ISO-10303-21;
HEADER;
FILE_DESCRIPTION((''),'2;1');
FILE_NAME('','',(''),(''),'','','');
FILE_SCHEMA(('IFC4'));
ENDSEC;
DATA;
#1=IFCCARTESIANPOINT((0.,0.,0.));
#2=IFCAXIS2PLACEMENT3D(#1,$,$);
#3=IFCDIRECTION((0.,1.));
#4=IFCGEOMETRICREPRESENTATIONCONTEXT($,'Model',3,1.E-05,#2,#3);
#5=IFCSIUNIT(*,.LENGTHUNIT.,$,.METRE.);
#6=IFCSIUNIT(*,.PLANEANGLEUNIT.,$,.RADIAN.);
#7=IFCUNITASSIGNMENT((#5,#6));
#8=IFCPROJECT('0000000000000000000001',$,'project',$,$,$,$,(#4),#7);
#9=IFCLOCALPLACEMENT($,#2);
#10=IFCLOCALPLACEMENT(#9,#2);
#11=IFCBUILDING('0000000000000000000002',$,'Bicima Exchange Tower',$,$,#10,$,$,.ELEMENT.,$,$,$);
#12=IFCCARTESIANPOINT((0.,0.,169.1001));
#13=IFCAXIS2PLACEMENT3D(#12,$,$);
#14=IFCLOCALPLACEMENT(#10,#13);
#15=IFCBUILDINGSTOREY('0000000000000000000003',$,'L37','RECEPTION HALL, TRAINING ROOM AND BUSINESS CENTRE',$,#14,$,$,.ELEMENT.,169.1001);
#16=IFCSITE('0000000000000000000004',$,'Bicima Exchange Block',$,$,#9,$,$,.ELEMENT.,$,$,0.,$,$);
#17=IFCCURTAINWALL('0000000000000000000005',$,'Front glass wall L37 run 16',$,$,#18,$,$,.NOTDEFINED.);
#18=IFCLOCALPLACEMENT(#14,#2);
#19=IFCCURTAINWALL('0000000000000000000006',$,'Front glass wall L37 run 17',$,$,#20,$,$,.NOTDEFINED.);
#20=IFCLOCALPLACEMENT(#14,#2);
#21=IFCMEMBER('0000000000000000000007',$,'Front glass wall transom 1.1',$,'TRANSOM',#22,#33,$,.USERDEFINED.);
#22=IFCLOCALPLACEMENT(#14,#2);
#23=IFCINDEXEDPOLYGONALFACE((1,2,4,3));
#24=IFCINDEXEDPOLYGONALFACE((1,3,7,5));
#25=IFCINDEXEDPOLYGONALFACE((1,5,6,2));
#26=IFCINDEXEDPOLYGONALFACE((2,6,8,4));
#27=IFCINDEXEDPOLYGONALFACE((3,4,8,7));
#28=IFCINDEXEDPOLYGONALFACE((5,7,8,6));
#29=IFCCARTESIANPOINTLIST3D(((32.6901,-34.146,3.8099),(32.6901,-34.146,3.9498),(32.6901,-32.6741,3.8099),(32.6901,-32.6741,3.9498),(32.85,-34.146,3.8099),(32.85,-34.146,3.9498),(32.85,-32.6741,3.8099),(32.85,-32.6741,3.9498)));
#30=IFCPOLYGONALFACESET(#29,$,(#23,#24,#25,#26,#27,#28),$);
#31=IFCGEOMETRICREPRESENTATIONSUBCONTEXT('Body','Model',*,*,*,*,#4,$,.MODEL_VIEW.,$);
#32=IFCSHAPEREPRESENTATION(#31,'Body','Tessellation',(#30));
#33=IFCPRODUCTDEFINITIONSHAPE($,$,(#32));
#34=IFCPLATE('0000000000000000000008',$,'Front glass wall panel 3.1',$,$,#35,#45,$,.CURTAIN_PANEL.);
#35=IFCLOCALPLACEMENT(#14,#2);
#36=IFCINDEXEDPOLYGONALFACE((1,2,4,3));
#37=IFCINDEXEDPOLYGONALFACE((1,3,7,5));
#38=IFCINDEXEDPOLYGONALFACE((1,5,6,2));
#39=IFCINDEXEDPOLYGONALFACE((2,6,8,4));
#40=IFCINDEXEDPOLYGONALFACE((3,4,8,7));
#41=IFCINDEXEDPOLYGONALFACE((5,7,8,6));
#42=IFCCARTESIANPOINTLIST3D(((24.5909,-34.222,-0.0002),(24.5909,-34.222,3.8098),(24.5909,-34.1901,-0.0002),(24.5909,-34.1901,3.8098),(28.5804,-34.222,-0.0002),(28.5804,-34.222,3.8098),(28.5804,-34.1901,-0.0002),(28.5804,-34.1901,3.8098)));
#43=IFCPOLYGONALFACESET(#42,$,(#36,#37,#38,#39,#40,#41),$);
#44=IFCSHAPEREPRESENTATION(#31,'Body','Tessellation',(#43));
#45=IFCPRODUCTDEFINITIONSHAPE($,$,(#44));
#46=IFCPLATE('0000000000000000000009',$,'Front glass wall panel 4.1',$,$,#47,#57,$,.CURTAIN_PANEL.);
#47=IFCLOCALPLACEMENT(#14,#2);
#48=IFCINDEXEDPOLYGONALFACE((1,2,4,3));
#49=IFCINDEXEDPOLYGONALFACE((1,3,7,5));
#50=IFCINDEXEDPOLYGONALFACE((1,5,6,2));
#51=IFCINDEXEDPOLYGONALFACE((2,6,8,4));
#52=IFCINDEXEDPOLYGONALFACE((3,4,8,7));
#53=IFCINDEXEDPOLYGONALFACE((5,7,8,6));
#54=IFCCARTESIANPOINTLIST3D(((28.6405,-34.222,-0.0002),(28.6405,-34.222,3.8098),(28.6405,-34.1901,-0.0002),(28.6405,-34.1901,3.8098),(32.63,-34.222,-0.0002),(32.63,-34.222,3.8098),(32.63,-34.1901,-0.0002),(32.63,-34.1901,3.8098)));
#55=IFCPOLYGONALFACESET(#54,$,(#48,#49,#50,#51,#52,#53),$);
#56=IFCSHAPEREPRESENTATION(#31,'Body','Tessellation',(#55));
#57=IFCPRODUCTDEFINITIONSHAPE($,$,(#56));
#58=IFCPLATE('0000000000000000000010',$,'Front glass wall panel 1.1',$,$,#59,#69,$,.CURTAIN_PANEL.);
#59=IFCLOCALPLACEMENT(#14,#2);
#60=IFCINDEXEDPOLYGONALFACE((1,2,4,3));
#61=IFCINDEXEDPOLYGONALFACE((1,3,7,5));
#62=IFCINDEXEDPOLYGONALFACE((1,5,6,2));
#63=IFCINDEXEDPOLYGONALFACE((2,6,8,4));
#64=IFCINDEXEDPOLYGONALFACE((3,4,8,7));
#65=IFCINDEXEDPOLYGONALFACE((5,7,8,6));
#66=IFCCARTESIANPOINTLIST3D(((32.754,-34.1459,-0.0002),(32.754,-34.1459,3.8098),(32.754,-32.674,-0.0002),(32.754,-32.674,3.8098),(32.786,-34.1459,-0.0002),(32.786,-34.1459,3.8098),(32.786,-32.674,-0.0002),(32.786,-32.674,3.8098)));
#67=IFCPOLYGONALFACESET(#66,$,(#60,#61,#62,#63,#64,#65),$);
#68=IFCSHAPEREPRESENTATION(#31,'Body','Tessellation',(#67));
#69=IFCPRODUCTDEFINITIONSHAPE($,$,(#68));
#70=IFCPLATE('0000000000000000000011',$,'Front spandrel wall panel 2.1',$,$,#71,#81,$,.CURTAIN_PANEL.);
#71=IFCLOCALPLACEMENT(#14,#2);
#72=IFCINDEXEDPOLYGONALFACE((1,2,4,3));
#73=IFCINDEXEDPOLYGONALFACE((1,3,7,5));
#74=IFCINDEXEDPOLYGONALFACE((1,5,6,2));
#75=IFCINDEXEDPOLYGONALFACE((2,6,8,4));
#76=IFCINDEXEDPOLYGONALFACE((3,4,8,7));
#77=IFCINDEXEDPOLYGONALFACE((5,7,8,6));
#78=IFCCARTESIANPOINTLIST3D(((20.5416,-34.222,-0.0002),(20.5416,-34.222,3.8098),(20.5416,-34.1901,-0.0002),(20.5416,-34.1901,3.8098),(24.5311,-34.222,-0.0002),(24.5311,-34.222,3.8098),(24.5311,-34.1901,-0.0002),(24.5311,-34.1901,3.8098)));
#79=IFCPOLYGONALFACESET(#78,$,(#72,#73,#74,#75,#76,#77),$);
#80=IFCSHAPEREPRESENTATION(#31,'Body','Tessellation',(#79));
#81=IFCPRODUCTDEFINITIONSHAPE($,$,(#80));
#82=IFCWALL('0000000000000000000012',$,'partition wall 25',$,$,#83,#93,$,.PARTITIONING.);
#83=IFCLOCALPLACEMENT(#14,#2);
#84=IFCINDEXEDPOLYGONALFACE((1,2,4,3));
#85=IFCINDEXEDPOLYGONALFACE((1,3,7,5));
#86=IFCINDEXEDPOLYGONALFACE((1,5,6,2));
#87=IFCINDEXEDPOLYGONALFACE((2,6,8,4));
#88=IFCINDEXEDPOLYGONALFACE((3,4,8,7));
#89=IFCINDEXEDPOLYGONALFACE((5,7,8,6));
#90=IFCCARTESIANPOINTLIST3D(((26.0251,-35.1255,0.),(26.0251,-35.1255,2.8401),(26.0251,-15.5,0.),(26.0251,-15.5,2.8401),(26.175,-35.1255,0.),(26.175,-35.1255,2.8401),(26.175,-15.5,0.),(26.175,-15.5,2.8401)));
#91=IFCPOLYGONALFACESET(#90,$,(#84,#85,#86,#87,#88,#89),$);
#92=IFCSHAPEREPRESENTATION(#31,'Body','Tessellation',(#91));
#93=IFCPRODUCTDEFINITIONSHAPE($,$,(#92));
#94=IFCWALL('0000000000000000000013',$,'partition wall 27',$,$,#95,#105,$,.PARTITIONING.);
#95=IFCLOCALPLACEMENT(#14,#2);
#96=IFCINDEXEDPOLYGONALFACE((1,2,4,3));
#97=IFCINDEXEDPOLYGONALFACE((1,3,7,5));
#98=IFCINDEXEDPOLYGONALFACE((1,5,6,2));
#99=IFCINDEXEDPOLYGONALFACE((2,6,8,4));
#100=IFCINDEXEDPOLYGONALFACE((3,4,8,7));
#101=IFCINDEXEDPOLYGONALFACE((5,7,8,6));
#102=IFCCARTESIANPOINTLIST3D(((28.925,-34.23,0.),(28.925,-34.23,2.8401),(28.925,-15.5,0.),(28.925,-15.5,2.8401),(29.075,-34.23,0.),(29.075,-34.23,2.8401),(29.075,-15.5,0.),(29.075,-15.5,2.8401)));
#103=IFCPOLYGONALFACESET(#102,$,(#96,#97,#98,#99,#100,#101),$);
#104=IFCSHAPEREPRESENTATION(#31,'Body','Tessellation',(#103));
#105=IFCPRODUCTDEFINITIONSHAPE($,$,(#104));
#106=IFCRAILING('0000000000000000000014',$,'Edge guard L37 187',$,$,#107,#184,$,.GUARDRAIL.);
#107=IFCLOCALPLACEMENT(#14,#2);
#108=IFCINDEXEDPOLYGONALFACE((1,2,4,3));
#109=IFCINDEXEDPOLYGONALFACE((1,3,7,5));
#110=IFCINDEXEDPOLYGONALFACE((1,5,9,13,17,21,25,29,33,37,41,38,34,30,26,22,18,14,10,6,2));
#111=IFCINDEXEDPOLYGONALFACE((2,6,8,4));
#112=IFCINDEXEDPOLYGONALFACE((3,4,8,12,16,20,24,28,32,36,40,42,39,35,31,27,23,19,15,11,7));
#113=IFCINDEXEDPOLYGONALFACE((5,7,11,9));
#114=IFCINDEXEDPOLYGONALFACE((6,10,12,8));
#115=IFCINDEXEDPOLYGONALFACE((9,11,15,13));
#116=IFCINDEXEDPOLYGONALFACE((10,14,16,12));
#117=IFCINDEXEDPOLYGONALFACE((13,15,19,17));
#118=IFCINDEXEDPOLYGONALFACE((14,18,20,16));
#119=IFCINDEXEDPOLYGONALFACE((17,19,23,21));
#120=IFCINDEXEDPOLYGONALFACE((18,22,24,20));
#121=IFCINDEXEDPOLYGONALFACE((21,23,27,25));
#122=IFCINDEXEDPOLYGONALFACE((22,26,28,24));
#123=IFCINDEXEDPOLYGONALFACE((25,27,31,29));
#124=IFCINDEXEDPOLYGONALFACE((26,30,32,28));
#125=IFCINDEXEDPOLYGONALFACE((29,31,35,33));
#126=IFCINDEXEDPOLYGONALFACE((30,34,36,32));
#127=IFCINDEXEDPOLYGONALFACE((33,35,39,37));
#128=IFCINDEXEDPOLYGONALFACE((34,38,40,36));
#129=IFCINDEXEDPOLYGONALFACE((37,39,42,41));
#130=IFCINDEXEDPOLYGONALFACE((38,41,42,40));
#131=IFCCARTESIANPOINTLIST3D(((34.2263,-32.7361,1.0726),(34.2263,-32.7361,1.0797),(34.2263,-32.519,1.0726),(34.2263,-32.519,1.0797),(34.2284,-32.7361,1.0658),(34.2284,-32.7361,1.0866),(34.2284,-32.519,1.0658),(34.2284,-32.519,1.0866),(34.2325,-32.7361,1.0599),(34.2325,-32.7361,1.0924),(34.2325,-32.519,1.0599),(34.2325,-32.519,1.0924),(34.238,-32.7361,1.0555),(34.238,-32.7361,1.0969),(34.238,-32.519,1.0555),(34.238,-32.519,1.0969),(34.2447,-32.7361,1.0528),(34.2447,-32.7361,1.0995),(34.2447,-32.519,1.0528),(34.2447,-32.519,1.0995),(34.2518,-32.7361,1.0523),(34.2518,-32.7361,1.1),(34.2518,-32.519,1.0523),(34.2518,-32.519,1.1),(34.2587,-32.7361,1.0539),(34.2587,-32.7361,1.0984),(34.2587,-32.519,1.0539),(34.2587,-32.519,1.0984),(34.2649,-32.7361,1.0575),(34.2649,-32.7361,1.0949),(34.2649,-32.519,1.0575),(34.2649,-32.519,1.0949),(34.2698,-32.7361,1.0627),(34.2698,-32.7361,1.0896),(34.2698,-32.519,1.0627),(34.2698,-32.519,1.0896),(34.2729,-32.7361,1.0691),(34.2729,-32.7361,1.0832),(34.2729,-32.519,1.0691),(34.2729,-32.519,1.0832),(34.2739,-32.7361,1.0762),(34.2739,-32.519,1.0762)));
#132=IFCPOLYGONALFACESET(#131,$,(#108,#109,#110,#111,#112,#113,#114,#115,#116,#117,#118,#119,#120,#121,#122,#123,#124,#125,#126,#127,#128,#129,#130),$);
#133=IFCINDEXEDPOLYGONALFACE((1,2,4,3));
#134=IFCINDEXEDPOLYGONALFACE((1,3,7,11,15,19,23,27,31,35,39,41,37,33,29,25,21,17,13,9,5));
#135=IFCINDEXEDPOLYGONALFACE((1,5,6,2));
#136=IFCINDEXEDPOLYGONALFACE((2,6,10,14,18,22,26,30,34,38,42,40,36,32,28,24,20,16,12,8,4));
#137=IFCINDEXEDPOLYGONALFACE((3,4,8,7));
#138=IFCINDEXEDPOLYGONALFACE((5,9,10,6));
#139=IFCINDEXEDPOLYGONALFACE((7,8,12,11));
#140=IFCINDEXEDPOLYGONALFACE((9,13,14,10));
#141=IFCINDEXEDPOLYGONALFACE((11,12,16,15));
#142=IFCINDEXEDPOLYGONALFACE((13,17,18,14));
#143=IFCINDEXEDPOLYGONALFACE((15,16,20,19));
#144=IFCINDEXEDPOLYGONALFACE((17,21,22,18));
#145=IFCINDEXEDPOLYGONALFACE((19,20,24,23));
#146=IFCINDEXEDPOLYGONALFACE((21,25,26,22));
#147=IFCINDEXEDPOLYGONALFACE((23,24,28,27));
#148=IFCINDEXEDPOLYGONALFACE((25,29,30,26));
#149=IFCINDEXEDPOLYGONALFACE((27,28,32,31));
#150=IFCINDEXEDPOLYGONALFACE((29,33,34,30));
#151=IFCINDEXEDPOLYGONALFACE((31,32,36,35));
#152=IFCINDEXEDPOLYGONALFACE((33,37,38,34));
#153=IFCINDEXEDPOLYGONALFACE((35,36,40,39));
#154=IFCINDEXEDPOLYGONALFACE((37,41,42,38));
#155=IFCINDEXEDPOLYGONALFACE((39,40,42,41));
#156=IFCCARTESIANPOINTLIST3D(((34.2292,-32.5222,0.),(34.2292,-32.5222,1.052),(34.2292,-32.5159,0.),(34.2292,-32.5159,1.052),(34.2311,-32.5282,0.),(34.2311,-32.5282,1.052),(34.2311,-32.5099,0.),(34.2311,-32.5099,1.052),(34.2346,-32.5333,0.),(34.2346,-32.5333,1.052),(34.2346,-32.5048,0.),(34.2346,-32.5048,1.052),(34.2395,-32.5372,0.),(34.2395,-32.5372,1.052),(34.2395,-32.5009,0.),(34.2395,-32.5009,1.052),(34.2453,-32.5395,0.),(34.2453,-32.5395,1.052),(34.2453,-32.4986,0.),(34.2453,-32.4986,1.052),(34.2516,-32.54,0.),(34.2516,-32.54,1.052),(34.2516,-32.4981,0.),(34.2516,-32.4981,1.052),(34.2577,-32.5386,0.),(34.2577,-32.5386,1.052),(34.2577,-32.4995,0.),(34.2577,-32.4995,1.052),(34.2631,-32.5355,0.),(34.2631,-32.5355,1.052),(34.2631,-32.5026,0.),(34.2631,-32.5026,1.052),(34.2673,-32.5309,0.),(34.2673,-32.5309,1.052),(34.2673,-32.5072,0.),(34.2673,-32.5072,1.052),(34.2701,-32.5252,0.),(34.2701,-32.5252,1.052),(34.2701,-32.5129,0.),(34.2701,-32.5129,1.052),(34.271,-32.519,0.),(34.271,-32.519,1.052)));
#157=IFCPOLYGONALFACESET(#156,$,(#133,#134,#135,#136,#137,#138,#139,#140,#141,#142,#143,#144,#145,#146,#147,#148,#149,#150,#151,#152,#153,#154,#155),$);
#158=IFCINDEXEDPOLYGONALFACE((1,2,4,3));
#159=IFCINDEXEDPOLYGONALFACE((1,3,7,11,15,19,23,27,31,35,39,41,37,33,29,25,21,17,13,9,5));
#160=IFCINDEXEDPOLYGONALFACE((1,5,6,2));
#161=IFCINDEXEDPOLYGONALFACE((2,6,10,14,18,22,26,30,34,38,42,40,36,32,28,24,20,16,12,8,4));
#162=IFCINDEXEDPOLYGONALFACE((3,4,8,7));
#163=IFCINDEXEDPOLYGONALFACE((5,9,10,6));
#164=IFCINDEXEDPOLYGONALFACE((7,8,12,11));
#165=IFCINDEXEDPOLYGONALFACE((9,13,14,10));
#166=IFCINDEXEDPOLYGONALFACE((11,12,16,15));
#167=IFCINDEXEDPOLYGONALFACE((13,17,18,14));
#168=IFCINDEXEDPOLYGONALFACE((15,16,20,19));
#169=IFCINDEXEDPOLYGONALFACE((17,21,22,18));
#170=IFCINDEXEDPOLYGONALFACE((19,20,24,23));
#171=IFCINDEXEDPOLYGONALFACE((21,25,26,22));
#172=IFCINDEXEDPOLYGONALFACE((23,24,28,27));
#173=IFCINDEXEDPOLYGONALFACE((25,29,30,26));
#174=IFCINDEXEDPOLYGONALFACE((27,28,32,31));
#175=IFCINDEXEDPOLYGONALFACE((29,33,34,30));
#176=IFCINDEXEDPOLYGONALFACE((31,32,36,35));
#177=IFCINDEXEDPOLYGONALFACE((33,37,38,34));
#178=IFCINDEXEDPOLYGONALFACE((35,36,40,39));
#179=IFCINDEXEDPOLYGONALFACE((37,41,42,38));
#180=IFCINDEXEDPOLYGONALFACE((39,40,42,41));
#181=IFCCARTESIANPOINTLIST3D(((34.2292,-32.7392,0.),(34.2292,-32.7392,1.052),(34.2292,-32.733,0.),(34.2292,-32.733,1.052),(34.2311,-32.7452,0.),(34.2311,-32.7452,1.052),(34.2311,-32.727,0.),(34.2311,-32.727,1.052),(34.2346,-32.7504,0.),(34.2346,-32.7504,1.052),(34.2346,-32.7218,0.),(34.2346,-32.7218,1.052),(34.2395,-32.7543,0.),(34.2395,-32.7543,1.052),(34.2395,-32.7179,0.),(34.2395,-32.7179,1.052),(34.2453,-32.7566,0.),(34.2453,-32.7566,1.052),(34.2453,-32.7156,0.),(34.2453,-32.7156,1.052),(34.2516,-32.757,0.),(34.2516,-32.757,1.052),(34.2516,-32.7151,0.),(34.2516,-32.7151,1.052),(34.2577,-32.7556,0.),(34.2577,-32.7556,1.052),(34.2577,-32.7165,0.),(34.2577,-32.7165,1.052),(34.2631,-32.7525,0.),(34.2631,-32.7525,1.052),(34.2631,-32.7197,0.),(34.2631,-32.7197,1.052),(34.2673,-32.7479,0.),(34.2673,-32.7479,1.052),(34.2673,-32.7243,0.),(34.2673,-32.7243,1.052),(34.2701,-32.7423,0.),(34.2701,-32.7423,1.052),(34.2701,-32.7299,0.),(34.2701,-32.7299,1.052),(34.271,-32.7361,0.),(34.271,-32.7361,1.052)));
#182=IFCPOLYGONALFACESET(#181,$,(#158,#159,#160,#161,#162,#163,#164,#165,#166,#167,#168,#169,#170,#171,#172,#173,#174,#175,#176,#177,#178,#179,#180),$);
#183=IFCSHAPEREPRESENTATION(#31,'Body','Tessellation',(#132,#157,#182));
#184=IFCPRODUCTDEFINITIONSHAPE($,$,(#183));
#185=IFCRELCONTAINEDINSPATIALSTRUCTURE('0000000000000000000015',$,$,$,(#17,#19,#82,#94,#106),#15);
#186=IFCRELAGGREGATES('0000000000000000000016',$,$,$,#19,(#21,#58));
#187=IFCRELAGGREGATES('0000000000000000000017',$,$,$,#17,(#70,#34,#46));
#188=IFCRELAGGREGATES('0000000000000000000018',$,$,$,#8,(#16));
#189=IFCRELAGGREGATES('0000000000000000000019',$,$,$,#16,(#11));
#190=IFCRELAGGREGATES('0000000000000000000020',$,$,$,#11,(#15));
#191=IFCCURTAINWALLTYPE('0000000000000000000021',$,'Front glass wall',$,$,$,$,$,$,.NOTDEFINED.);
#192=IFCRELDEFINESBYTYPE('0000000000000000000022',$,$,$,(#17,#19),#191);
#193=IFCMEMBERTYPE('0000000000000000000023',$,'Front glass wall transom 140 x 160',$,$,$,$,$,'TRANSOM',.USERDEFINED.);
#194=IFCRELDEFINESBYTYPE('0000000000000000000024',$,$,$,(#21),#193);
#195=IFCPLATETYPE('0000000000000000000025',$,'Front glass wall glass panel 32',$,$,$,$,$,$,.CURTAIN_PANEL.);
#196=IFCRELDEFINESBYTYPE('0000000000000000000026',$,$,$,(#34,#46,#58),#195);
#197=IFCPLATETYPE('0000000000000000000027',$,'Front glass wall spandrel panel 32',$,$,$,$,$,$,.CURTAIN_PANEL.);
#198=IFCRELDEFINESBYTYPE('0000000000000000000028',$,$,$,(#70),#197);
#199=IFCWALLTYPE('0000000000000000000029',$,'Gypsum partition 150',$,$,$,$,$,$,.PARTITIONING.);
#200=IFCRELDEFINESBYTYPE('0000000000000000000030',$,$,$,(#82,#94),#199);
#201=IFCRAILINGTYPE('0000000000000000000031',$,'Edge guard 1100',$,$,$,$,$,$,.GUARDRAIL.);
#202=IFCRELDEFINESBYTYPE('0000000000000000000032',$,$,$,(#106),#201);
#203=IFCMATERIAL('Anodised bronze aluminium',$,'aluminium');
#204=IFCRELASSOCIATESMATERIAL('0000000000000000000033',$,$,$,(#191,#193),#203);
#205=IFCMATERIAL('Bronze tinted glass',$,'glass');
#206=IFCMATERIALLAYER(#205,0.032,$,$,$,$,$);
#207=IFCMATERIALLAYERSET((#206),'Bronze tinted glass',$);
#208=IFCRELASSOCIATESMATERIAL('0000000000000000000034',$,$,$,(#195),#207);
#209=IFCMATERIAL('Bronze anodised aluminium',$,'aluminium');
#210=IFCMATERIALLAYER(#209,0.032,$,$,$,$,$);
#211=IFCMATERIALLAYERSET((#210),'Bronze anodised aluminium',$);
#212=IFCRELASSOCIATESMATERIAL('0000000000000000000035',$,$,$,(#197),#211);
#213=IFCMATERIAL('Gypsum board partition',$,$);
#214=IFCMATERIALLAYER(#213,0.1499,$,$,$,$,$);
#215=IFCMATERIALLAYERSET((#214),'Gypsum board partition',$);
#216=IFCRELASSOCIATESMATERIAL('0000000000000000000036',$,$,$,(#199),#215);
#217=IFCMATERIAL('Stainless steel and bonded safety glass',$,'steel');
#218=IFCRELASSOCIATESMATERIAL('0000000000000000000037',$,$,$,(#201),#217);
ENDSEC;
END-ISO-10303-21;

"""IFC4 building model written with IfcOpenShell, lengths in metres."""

from ifc_helpers import new_model, si_unit, direction, frame, frame_2d, origin, origin_2d, place, context, subcontext, project, spatial, rectangle, circle, extrude, material, layer, layer_set, material_profile, profile_set, type_object, element, aggregate, save


model = new_model("IFC4")

# Units and contexts
model_context = context("Model", 3, precision=1e-05, world=origin(), true_north=direction((0.0, 1.0)))
body_context = subcontext(model_context, "Body", "Model", "MODEL_VIEW")
ifc_project = project(units=[si_unit("LENGTHUNIT", "METRE"), si_unit("PLANEANGLEUNIT", "RADIAN")], contexts=[model_context])

# Site, building, storey
site_placement = place(None, origin())
site = spatial("IfcSite", under=ifc_project, at=site_placement, Name="Bicima Exchange Block", CompositionType="ELEMENT", RefElevation=0.0)
building_placement = place(site_placement, origin())
building = spatial("IfcBuilding", under=site, at=building_placement, Name="Bicima Exchange Tower", CompositionType="ELEMENT")
storey_placement = place(building_placement, frame((0.0, 0.0, 169.1001)))
storey = spatial("IfcBuildingStorey", under=building, at=storey_placement, Name="L37", Description="RECEPTION HALL, TRAINING ROOM AND BUSINESS CENTRE", CompositionType="ELEMENT", Elevation=169.1001)

# Curtain walls
ifc_material_1 = material(Name="Anodised bronze aluminium", Category="aluminium")
curtain_wall_type = type_object("IfcCurtainWallType", Name="Front glass wall", PredefinedType="NOTDEFINED", material=ifc_material_1)
curtain_wall_1_placement = place(storey_placement, origin())
curtain_wall_1 = element("IfcCurtainWall", 1, at=curtain_wall_1_placement, inside=storey, type_object=curtain_wall_type, Name="Front glass wall L37 run 16", PredefinedType="NOTDEFINED")
curtain_wall_2_placement = place(storey_placement, origin())
curtain_wall_2 = element("IfcCurtainWall", 2, at=curtain_wall_2_placement, inside=storey, type_object=curtain_wall_type, Name="Front glass wall L37 run 17", PredefinedType="NOTDEFINED")

# Member
ifc_material_profile_1 = material_profile(ifc_material_1, rectangle(XDim=0.1599, YDim=0.1399, at=origin_2d()))
ifc_profile_set_1 = profile_set([ifc_material_profile_1], Name="Anodised bronze aluminium")
member_type_1 = type_object("IfcMemberType", Name="Front glass wall transom 140 x 160", ElementType="TRANSOM", PredefinedType="USERDEFINED", material=ifc_profile_set_1)
member_1_placement = place(storey_placement, frame((32.77, -34.146, 3.8799), z_axis=(0.0, 1.0, 0.0), x_axis=(-1.0, 0.0, 0.0)))
member_1 = element("IfcMember", 3, at=member_1_placement, type_object=member_type_1, Name="Front glass wall transom 1.1", ObjectType="TRANSOM", PredefinedType="USERDEFINED", context=body_context, shape_type="SweptSolid", body=[
    extrude(rectangle(XDim=0.1599, YDim=0.1399, at=origin_2d()), origin(), (0.0, 0.0, 1.0), 1.4719),
])

# Plates
ifc_material_2 = material(Name="Bronze tinted glass", Category="glass")
ifc_layer_1 = layer(ifc_material_2, 0.032)
ifc_layer_set_1 = layer_set([ifc_layer_1], Name="Bronze tinted glass")
plate_type_1 = type_object("IfcPlateType", Name="Front glass wall glass panel 32", PredefinedType="CURTAIN_PANEL", material=ifc_layer_set_1)
plate_1_placement = place(storey_placement, frame((26.5857, -34.2061, -0.0002), z_axis=(0.0, 0.0, 1.0), x_axis=(1.0, 0.0, 0.0)))
plate_1 = element("IfcPlate", 4, at=plate_1_placement, type_object=plate_type_1, Name="Front glass wall panel 3.1", PredefinedType="CURTAIN_PANEL", context=body_context, shape_type="SweptSolid", body=[
    extrude(rectangle(XDim=3.9895, YDim=0.032, at=origin_2d()), origin(), (0.0, 0.0, 1.0), 3.8101),
])
plate_2_placement = place(storey_placement, frame((30.6353, -34.2061, -0.0002), z_axis=(0.0, 0.0, 1.0), x_axis=(1.0, 0.0, 0.0)))
plate_2 = element("IfcPlate", 5, at=plate_2_placement, type_object=plate_type_1, Name="Front glass wall panel 4.1", PredefinedType="CURTAIN_PANEL", context=body_context, shape_type="SweptSolid", body=[
    extrude(rectangle(XDim=3.9895, YDim=0.032, at=origin_2d()), origin(), (0.0, 0.0, 1.0), 3.8101),
])
plate_3_placement = place(storey_placement, frame((32.77, -33.4099, -0.0002), z_axis=(0.0, 0.0, 1.0), x_axis=(0.0, 1.0, 0.0)))
plate_3 = element("IfcPlate", 6, at=plate_3_placement, type_object=plate_type_1, Name="Front glass wall panel 1.1", PredefinedType="CURTAIN_PANEL", context=body_context, shape_type="SweptSolid", body=[
    extrude(rectangle(XDim=1.4719, YDim=0.032, at=origin_2d()), origin(), (0.0, 0.0, 1.0), 3.8101),
])
aggregate(curtain_wall_2, [member_1, plate_3])
ifc_material_3 = material(Name="Bronze anodised aluminium", Category="aluminium")
ifc_layer_2 = layer(ifc_material_3, 0.032)
ifc_layer_set_2 = layer_set([ifc_layer_2], Name="Bronze anodised aluminium")
plate_type_2 = type_object("IfcPlateType", Name="Front glass wall spandrel panel 32", PredefinedType="CURTAIN_PANEL", material=ifc_layer_set_2)
plate_4_placement = place(storey_placement, frame((22.5364, -34.2061, -0.0002), z_axis=(0.0, 0.0, 1.0), x_axis=(1.0, 0.0, 0.0)))
plate_4 = element("IfcPlate", 7, at=plate_4_placement, type_object=plate_type_2, Name="Front spandrel wall panel 2.1", PredefinedType="CURTAIN_PANEL", context=body_context, shape_type="SweptSolid", body=[
    extrude(rectangle(XDim=3.9895, YDim=0.032, at=origin_2d()), origin(), (0.0, 0.0, 1.0), 3.8101),
])
aggregate(curtain_wall_1, [plate_4, plate_1, plate_2])

# Walls
ifc_material_4 = material(Name="Gypsum board partition")
ifc_layer_3 = layer(ifc_material_4, 0.1499)
ifc_layer_set_3 = layer_set([ifc_layer_3], Name="Gypsum board partition")
wall_type = type_object("IfcWallType", Name="Gypsum partition 150", PredefinedType="PARTITIONING", material=ifc_layer_set_3)
wall_1_placement = place(storey_placement, frame((26.1001, -35.1255, 0.0), z_axis=(0.0, 0.0, 1.0), x_axis=(0.0, 1.0, 0.0)))
element("IfcWall", 8, at=wall_1_placement, inside=storey, type_object=wall_type, Name="partition wall 25", PredefinedType="PARTITIONING", context=body_context, shape_type="SweptSolid", body=[
    extrude(rectangle(XDim=19.6255, YDim=0.1499, at=frame_2d((9.8127, 0.0))), origin(), (0.0, 0.0, 1.0), 2.8401),
])
wall_2_placement = place(storey_placement, frame((29.0, -34.23, 0.0), z_axis=(0.0, 0.0, 1.0), x_axis=(0.0, 1.0, 0.0)))
element("IfcWall", 9, at=wall_2_placement, inside=storey, type_object=wall_type, Name="partition wall 27", PredefinedType="PARTITIONING", context=body_context, shape_type="SweptSolid", body=[
    extrude(rectangle(XDim=18.73, YDim=0.1499, at=frame_2d((9.365, 0.0))), origin(), (0.0, 0.0, 1.0), 2.8401),
])

# Railing
ifc_material_5 = material(Name="Stainless steel and bonded safety glass", Category="steel")
railing_type = type_object("IfcRailingType", Name="Edge guard 1100", PredefinedType="GUARDRAIL", material=ifc_material_5)
railing_1_placement = place(storey_placement, frame((34.25, -32.519, 0.0)))
element("IfcRailing", 10, at=railing_1_placement, inside=storey, type_object=railing_type, Name="Edge guard L37 187", PredefinedType="GUARDRAIL", context=body_context, shape_type="SweptSolid", body=[
    extrude(circle(Radius=0.0239, at=origin_2d()), frame((0.0, 0.0, 1.0762), z_axis=(0.0, -1.0, 0.0), x_axis=(1.0, 0.0, 0.0)), (0.0, 0.0, 1.0), 0.217),
    extrude(circle(Radius=0.021, at=origin_2d()), origin(), (0.0, 0.0, 1.0), 1.052),
    extrude(circle(Radius=0.021, at=origin_2d()), frame((0.0, -0.217, 0.0)), (0.0, 0.0, 1.0), 1.052),
])

save(model, "model.ifc")
